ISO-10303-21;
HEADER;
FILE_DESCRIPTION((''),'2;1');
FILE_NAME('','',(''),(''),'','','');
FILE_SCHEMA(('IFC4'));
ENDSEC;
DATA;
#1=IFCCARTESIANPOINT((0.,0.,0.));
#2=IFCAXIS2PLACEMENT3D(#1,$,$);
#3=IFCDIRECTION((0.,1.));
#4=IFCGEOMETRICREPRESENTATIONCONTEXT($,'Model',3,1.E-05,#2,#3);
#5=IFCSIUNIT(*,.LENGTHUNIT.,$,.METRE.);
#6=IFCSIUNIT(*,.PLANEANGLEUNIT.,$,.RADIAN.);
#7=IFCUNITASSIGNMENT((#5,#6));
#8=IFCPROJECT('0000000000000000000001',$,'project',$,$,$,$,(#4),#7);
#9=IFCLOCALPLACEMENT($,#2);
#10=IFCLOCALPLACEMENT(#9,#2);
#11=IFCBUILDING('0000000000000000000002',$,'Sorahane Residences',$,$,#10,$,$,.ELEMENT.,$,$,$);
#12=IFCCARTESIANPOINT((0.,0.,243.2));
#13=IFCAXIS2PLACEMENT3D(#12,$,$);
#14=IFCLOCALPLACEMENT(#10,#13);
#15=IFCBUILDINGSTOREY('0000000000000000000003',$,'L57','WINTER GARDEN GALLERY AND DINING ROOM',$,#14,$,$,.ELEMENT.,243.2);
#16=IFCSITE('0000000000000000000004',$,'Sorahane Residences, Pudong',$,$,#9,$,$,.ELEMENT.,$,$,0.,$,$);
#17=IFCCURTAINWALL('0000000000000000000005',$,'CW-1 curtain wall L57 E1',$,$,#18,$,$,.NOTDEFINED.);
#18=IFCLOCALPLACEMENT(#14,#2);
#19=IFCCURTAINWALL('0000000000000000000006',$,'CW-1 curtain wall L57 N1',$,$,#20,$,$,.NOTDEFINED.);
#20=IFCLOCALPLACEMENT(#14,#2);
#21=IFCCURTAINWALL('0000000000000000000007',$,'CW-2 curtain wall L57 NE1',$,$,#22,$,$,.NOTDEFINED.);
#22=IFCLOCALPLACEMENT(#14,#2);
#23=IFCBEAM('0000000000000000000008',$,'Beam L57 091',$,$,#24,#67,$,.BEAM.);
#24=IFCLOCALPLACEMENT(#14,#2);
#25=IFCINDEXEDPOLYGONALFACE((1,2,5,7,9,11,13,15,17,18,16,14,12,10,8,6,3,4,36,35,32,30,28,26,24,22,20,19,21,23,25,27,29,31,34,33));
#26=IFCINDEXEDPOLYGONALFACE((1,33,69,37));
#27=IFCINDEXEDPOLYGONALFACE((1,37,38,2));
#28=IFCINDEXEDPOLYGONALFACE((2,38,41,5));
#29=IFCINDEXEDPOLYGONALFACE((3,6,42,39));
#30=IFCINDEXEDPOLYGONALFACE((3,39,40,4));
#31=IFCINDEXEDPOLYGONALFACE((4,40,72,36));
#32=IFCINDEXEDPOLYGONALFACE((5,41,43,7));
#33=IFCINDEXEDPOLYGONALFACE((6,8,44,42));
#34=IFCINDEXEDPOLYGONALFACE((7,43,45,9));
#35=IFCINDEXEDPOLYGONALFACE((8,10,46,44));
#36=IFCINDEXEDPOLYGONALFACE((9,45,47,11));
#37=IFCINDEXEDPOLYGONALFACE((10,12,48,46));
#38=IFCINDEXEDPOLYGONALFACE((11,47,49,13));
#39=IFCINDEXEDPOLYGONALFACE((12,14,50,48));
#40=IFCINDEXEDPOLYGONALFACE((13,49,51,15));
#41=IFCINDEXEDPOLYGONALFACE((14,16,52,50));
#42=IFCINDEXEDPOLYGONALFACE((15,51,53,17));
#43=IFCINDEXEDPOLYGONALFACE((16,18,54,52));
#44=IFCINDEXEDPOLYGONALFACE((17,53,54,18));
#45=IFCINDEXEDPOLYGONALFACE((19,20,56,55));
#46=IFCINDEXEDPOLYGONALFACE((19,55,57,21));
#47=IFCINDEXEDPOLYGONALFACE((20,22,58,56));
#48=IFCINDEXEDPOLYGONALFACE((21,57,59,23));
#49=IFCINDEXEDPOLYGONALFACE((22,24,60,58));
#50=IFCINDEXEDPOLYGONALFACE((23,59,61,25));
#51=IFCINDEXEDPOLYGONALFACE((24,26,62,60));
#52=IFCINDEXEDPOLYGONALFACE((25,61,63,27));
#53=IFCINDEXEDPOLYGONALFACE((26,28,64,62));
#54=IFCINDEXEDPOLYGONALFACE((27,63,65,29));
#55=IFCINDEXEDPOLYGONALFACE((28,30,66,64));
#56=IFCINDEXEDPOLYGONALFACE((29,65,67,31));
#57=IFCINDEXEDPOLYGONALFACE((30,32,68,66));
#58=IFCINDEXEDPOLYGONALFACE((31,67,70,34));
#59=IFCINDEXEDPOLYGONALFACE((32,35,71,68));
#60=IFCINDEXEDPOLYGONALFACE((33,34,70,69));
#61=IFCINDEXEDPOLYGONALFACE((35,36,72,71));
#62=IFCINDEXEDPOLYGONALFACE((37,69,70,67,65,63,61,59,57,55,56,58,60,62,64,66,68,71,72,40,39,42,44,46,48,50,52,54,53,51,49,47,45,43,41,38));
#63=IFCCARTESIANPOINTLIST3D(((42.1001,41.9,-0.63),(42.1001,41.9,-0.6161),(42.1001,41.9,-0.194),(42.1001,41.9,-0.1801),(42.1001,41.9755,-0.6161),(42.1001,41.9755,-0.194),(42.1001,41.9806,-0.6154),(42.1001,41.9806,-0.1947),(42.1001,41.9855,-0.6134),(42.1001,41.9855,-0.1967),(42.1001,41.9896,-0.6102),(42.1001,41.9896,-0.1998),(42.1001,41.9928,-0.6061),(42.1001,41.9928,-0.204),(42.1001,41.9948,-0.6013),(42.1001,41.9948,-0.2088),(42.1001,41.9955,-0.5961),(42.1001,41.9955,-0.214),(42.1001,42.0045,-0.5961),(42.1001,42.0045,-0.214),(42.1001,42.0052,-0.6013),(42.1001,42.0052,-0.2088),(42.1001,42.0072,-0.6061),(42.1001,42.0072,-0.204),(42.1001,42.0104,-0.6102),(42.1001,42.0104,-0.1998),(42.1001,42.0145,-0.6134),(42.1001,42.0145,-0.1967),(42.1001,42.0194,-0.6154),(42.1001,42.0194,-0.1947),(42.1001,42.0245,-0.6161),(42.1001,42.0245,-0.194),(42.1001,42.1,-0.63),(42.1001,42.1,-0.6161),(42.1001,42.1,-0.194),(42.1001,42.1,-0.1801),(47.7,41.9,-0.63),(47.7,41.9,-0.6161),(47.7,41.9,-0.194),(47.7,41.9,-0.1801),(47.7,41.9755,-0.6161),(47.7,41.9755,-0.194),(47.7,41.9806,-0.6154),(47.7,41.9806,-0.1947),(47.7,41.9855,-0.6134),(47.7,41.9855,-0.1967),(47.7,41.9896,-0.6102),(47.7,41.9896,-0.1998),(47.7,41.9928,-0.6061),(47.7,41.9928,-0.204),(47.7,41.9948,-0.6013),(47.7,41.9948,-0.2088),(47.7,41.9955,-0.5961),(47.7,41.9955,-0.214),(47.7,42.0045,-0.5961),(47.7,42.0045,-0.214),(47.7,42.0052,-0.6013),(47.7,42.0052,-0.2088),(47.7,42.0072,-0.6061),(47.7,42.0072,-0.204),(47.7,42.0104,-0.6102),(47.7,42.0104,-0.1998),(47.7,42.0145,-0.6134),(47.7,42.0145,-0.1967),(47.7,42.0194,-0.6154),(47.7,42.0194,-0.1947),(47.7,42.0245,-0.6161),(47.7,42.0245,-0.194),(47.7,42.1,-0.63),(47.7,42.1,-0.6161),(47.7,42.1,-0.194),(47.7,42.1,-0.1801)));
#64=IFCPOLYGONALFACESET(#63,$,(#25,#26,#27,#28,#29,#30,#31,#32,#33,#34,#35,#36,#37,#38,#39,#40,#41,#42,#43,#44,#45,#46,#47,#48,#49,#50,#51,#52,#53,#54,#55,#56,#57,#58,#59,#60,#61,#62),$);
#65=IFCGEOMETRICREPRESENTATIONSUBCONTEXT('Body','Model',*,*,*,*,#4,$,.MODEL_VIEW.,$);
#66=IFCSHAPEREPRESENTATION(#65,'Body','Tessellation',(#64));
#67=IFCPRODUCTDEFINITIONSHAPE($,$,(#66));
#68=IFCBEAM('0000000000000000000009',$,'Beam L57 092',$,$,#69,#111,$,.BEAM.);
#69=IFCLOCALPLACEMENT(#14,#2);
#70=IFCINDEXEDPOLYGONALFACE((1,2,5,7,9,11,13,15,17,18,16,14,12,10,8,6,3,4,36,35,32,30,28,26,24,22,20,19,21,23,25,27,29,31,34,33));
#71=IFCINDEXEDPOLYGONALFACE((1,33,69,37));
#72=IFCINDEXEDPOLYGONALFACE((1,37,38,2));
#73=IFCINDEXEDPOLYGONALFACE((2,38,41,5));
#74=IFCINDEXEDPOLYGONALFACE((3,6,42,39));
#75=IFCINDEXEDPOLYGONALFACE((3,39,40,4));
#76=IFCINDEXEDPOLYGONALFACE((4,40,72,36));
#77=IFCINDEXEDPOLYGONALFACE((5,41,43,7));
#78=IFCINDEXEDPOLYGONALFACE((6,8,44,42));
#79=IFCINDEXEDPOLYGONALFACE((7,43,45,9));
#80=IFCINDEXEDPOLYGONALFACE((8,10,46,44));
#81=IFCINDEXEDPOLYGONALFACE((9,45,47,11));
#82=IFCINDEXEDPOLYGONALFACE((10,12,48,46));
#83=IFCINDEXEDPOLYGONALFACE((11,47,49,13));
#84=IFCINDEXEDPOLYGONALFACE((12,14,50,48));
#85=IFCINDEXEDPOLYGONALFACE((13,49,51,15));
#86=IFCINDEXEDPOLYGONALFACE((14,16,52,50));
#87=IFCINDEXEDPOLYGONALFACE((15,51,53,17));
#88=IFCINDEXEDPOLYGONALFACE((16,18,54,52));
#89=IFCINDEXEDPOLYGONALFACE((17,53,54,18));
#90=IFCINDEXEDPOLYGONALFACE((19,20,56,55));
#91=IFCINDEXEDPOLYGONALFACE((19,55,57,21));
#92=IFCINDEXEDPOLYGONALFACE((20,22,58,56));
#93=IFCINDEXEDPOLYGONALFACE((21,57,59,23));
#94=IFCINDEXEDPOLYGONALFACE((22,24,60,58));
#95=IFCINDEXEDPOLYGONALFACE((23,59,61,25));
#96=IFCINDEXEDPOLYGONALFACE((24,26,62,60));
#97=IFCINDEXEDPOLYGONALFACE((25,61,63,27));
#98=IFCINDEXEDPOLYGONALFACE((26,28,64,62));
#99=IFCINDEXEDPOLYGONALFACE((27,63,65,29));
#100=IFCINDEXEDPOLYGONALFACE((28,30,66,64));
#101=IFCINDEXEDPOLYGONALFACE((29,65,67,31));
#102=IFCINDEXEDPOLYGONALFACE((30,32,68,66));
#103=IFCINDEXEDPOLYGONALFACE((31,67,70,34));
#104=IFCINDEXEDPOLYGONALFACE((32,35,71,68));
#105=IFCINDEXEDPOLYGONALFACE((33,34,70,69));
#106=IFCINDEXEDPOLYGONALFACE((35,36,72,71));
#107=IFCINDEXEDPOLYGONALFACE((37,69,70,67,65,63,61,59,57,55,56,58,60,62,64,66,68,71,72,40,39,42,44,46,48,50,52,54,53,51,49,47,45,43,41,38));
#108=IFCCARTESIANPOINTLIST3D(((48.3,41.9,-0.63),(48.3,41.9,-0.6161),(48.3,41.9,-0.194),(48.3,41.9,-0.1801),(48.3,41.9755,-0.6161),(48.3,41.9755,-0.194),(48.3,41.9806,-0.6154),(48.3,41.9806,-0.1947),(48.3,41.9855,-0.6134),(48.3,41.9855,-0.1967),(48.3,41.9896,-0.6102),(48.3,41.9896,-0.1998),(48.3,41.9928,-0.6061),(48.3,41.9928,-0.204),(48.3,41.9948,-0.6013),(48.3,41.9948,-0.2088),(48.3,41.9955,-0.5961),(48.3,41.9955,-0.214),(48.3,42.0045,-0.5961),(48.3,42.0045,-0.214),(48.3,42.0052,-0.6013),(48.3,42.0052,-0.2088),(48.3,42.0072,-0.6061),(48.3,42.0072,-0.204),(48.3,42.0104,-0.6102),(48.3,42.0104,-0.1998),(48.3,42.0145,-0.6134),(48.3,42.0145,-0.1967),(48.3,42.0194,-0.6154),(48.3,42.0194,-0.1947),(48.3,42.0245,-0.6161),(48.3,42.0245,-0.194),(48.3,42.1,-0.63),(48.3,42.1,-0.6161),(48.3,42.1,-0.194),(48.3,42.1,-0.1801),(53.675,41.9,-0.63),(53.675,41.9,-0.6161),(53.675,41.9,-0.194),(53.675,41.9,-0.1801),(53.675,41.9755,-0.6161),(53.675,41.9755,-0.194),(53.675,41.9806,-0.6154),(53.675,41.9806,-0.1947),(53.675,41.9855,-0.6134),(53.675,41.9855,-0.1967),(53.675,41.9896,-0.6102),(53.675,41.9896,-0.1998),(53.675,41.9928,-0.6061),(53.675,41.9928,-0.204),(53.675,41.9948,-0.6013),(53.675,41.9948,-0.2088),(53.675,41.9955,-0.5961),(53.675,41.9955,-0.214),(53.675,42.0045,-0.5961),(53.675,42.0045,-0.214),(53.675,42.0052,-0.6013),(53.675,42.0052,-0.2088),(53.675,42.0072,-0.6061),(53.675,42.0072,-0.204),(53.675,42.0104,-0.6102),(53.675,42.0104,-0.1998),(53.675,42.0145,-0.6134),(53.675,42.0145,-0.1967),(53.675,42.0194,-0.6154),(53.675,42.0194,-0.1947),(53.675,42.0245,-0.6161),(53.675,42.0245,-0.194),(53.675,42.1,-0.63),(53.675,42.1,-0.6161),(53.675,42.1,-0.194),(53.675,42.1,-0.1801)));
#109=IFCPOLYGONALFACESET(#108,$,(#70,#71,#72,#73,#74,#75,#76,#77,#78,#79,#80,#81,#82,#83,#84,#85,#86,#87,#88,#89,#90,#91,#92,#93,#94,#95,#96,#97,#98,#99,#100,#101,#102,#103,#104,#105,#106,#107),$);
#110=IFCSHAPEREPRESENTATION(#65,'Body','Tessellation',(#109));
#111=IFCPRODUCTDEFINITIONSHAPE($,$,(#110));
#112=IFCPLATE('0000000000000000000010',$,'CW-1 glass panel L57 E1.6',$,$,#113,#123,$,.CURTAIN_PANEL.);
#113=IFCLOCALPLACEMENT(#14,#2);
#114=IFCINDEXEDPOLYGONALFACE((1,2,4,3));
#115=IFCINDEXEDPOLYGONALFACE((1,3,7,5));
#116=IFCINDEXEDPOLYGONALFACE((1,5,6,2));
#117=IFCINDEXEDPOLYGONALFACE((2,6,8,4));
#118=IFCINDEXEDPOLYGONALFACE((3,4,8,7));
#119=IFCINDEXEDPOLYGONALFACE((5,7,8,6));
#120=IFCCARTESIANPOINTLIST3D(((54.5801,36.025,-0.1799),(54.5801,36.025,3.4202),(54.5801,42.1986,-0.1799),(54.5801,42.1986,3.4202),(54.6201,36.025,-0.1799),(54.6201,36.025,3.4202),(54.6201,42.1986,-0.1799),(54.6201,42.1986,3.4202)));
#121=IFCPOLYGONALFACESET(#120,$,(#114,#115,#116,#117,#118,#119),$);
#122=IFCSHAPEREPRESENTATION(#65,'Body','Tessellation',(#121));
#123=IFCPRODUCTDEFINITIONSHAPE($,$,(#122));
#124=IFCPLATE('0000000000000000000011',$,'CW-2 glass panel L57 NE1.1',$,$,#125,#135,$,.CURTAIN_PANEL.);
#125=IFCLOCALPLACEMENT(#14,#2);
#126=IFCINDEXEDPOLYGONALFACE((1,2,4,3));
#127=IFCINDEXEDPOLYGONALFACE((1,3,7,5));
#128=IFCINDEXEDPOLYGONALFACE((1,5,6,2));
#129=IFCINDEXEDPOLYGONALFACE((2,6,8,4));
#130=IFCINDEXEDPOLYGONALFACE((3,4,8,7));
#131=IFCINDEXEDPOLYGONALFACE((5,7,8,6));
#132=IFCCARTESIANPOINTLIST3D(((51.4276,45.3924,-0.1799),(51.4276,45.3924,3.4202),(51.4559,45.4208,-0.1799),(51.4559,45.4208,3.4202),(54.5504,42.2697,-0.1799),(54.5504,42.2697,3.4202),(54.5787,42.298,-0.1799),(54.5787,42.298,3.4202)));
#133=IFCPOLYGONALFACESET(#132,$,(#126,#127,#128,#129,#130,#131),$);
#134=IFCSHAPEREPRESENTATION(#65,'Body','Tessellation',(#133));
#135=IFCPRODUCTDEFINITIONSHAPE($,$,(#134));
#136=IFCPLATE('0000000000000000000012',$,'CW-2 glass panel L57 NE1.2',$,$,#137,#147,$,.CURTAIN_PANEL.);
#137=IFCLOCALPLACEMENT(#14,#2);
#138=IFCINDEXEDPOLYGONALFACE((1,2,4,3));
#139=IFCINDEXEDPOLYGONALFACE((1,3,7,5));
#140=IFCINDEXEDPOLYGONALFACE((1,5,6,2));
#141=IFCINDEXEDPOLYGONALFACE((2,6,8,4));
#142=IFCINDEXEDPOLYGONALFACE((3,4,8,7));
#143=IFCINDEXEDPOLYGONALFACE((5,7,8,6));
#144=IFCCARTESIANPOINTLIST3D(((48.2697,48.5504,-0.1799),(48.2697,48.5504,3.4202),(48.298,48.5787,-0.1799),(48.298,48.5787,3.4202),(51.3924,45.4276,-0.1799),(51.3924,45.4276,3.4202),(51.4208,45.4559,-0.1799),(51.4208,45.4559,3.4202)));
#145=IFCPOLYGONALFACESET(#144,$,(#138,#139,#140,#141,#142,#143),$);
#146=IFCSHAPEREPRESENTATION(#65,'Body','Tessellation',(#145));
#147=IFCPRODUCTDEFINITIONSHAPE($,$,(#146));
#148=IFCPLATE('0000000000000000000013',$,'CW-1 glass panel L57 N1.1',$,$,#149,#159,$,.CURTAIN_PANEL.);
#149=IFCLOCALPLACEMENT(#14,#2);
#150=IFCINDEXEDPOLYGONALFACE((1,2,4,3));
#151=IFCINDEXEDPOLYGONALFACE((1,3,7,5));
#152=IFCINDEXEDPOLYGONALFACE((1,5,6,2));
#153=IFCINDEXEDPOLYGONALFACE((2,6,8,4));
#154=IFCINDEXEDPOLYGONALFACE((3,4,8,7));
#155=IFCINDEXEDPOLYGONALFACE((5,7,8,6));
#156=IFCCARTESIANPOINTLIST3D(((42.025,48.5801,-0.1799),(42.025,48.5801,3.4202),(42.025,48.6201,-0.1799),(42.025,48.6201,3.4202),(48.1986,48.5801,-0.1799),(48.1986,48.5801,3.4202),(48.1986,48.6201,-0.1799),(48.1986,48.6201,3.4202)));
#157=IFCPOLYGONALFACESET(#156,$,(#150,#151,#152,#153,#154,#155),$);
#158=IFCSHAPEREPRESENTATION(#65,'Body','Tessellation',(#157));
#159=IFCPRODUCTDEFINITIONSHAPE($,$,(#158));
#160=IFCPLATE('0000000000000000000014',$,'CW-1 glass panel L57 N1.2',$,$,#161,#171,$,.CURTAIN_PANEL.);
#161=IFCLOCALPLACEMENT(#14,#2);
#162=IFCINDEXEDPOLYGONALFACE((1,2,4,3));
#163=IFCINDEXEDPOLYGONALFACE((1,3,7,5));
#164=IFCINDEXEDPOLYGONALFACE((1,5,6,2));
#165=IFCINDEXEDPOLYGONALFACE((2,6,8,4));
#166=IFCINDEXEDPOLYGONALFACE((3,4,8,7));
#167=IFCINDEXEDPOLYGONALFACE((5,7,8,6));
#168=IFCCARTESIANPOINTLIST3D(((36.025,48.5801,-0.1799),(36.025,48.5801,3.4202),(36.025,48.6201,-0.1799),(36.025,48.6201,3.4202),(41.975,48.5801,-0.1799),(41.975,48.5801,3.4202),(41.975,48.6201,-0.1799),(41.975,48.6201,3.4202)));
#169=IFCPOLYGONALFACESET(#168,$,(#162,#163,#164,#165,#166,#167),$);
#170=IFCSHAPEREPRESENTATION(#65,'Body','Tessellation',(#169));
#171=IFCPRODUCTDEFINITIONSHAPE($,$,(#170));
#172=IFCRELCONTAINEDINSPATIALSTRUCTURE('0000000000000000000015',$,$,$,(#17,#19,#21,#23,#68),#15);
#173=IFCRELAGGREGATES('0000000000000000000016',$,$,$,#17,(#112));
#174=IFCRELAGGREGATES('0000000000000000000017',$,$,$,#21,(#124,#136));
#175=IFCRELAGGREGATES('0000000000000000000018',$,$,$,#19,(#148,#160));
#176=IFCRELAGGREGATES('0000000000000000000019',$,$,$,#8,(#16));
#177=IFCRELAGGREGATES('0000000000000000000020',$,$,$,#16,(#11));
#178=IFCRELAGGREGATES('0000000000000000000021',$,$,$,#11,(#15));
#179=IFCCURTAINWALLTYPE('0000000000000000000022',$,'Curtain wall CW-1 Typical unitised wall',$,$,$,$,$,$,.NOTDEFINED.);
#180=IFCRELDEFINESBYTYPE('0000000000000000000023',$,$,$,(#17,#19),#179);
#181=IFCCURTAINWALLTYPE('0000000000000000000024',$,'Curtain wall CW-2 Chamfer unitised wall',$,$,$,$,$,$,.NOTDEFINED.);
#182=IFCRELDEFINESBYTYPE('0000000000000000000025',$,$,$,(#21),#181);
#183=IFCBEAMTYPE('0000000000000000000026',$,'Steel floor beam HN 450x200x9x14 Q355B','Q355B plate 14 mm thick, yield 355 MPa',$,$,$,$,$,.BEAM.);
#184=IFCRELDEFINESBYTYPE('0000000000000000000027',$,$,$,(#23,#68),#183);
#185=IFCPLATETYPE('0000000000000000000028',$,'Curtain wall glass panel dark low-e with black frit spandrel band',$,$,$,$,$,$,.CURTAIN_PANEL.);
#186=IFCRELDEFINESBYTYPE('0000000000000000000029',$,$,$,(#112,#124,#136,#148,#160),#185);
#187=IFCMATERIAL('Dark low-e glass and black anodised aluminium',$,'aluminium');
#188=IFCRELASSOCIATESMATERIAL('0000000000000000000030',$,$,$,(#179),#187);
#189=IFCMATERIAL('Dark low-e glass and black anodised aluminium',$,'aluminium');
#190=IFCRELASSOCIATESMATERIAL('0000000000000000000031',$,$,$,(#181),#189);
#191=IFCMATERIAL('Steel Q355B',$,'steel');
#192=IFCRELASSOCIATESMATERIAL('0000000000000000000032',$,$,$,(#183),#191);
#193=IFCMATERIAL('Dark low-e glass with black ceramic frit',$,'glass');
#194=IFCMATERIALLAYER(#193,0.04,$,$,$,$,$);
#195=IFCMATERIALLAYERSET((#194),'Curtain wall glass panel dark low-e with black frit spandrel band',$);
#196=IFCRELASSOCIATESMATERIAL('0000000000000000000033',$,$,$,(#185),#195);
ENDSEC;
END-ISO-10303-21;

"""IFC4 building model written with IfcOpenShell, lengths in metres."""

from ifc_helpers import new_model, si_unit, direction, frame, origin, origin_2d, place, context, subcontext, project, spatial, rectangle, i_section, extrude, material, layer, layer_set, material_profile, profile_set, type_object, element, aggregate, save


model = new_model("IFC4")

# Units and contexts
model_context = context("Model", 3, precision=1e-05, world=origin(), true_north=direction((0.0, 1.0)))
body_context = subcontext(model_context, "Body", "Model", "MODEL_VIEW")
ifc_project = project(units=[si_unit("LENGTHUNIT", "METRE"), si_unit("PLANEANGLEUNIT", "RADIAN")], contexts=[model_context])

# Site, building, storey
site_placement = place(None, origin())
site = spatial("IfcSite", under=ifc_project, at=site_placement, Name="Sorahane Residences, Pudong", CompositionType="ELEMENT", RefElevation=0.0)
building_placement = place(site_placement, origin())
building = spatial("IfcBuilding", under=site, at=building_placement, Name="Sorahane Residences", CompositionType="ELEMENT")
storey_placement = place(building_placement, frame((0.0, 0.0, 243.2)))
storey = spatial("IfcBuildingStorey", under=building, at=storey_placement, Name="L57", Description="WINTER GARDEN GALLERY AND DINING ROOM", CompositionType="ELEMENT", Elevation=243.2)

# Curtain walls
ifc_material_1 = material(Name="Dark low-e glass and black anodised aluminium", Category="aluminium")
curtain_wall_type_1 = type_object("IfcCurtainWallType", Name="Curtain wall CW-1 Typical unitised wall", PredefinedType="NOTDEFINED", material=ifc_material_1)
curtain_wall_1_placement = place(storey_placement, origin())
curtain_wall_1 = element("IfcCurtainWall", 1, at=curtain_wall_1_placement, inside=storey, type_object=curtain_wall_type_1, Name="CW-1 curtain wall L57 E1", PredefinedType="NOTDEFINED")
curtain_wall_2_placement = place(storey_placement, origin())
curtain_wall_2 = element("IfcCurtainWall", 2, at=curtain_wall_2_placement, inside=storey, type_object=curtain_wall_type_1, Name="CW-1 curtain wall L57 N1", PredefinedType="NOTDEFINED")

# Curtain wall
ifc_material_2 = material(Name="Dark low-e glass and black anodised aluminium", Category="aluminium")
curtain_wall_type_2 = type_object("IfcCurtainWallType", Name="Curtain wall CW-2 Chamfer unitised wall", PredefinedType="NOTDEFINED", material=ifc_material_2)
curtain_wall_3_placement = place(storey_placement, origin())
curtain_wall_3 = element("IfcCurtainWall", 3, at=curtain_wall_3_placement, inside=storey, type_object=curtain_wall_type_2, Name="CW-2 curtain wall L57 NE1", PredefinedType="NOTDEFINED")

# Beams
ifc_material_3 = material(Name="Steel Q355B", Category="steel")
ifc_material_profile_1 = material_profile(ifc_material_3, i_section(OverallWidth=0.2, OverallDepth=0.45, WebThickness=0.009, FlangeThickness=0.0139, FilletRadius=0.02, at=origin_2d()), Name="HN 450x200x9x14")
ifc_profile_set_1 = profile_set([ifc_material_profile_1], Name="Steel Q355B")
beam_type_1 = type_object("IfcBeamType", Name="Steel floor beam HN 450x200x9x14 Q355B", Description="Q355B plate 14 mm thick, yield 355 MPa", PredefinedType="BEAM", material=ifc_profile_set_1)
beam_1_placement = place(storey_placement, frame((42.1001, 42.0, -0.405), z_axis=(1.0, 0.0, 0.0), x_axis=(0.0, 1.0, 0.0)))
element("IfcBeam", 4, at=beam_1_placement, inside=storey, type_object=beam_type_1, Name="Beam L57 091", PredefinedType="BEAM", context=body_context, shape_type="SweptSolid", body=[
    extrude(i_section(OverallWidth=0.2, OverallDepth=0.45, WebThickness=0.009, FlangeThickness=0.0139, FilletRadius=0.02, at=origin_2d()), origin(), (0.0, 0.0, 1.0), 5.5999),
])
beam_2_placement = place(storey_placement, frame((48.3, 42.0, -0.405), z_axis=(1.0, 0.0, 0.0), x_axis=(0.0, 1.0, 0.0)))
element("IfcBeam", 5, at=beam_2_placement, inside=storey, type_object=beam_type_1, Name="Beam L57 092", PredefinedType="BEAM", context=body_context, shape_type="SweptSolid", body=[
    extrude(i_section(OverallWidth=0.2, OverallDepth=0.45, WebThickness=0.009, FlangeThickness=0.0139, FilletRadius=0.02, at=origin_2d()), origin(), (0.0, 0.0, 1.0), 5.375),
])

# Plates
ifc_material_4 = material(Name="Dark low-e glass with black ceramic frit", Category="glass")
ifc_layer_1 = layer(ifc_material_4, 0.04)
ifc_layer_set_1 = layer_set([ifc_layer_1], Name="Curtain wall glass panel dark low-e with black frit spandrel band")
plate_type = type_object("IfcPlateType", Name="Curtain wall glass panel dark low-e with black frit spandrel band", PredefinedType="CURTAIN_PANEL", material=ifc_layer_set_1)
plate_1_placement = place(storey_placement, frame((54.6001, 39.1118, -0.1799), z_axis=(0.0, 0.0, 1.0), x_axis=(0.0, 1.0, 0.0)))
plate_1 = element("IfcPlate", 6, at=plate_1_placement, type_object=plate_type, Name="CW-1 glass panel L57 E1.6", PredefinedType="CURTAIN_PANEL", context=body_context, shape_type="SweptSolid", body=[
    extrude(rectangle(XDim=6.1736, YDim=0.04, at=origin_2d()), origin(), (0.0, 0.0, 1.0), 3.6001),
])
aggregate(curtain_wall_1, [plate_1])
plate_2_placement = place(storey_placement, frame((53.0032, 43.8452, -0.1799), z_axis=(0.0, 0.0, 1.0), x_axis=(-0.707107, 0.707107, 0.0)))
plate_2 = element("IfcPlate", 7, at=plate_2_placement, type_object=plate_type, Name="CW-2 glass panel L57 NE1.1", PredefinedType="CURTAIN_PANEL", context=body_context, shape_type="SweptSolid", body=[
    extrude(rectangle(XDim=4.4163, YDim=0.04, at=origin_2d()), origin(), (0.0, 0.0, 1.0), 3.6001),
])
plate_3_placement = place(storey_placement, frame((49.8452, 47.0032, -0.1799), z_axis=(0.0, 0.0, 1.0), x_axis=(-0.707107, 0.707107, 0.0)))
plate_3 = element("IfcPlate", 8, at=plate_3_placement, type_object=plate_type, Name="CW-2 glass panel L57 NE1.2", PredefinedType="CURTAIN_PANEL", context=body_context, shape_type="SweptSolid", body=[
    extrude(rectangle(XDim=4.4163, YDim=0.04, at=origin_2d()), origin(), (0.0, 0.0, 1.0), 3.6001),
])
aggregate(curtain_wall_3, [plate_2, plate_3])
plate_4_placement = place(storey_placement, frame((45.1118, 48.6001, -0.1799), z_axis=(0.0, 0.0, 1.0), x_axis=(-1.0, 0.0, 0.0)))
plate_4 = element("IfcPlate", 9, at=plate_4_placement, type_object=plate_type, Name="CW-1 glass panel L57 N1.1", PredefinedType="CURTAIN_PANEL", context=body_context, shape_type="SweptSolid", body=[
    extrude(rectangle(XDim=6.1736, YDim=0.04, at=origin_2d()), origin(), (0.0, 0.0, 1.0), 3.6001),
])
plate_5_placement = place(storey_placement, frame((39.0, 48.6001, -0.1799), z_axis=(0.0, 0.0, 1.0), x_axis=(-1.0, 0.0, 0.0)))
plate_5 = element("IfcPlate", 10, at=plate_5_placement, type_object=plate_type, Name="CW-1 glass panel L57 N1.2", PredefinedType="CURTAIN_PANEL", context=body_context, shape_type="SweptSolid", body=[
    extrude(rectangle(XDim=5.95, YDim=0.04, at=origin_2d()), origin(), (0.0, 0.0, 1.0), 3.6001),
])
aggregate(curtain_wall_2, [plate_4, plate_5])

save(model, "model.ifc")
